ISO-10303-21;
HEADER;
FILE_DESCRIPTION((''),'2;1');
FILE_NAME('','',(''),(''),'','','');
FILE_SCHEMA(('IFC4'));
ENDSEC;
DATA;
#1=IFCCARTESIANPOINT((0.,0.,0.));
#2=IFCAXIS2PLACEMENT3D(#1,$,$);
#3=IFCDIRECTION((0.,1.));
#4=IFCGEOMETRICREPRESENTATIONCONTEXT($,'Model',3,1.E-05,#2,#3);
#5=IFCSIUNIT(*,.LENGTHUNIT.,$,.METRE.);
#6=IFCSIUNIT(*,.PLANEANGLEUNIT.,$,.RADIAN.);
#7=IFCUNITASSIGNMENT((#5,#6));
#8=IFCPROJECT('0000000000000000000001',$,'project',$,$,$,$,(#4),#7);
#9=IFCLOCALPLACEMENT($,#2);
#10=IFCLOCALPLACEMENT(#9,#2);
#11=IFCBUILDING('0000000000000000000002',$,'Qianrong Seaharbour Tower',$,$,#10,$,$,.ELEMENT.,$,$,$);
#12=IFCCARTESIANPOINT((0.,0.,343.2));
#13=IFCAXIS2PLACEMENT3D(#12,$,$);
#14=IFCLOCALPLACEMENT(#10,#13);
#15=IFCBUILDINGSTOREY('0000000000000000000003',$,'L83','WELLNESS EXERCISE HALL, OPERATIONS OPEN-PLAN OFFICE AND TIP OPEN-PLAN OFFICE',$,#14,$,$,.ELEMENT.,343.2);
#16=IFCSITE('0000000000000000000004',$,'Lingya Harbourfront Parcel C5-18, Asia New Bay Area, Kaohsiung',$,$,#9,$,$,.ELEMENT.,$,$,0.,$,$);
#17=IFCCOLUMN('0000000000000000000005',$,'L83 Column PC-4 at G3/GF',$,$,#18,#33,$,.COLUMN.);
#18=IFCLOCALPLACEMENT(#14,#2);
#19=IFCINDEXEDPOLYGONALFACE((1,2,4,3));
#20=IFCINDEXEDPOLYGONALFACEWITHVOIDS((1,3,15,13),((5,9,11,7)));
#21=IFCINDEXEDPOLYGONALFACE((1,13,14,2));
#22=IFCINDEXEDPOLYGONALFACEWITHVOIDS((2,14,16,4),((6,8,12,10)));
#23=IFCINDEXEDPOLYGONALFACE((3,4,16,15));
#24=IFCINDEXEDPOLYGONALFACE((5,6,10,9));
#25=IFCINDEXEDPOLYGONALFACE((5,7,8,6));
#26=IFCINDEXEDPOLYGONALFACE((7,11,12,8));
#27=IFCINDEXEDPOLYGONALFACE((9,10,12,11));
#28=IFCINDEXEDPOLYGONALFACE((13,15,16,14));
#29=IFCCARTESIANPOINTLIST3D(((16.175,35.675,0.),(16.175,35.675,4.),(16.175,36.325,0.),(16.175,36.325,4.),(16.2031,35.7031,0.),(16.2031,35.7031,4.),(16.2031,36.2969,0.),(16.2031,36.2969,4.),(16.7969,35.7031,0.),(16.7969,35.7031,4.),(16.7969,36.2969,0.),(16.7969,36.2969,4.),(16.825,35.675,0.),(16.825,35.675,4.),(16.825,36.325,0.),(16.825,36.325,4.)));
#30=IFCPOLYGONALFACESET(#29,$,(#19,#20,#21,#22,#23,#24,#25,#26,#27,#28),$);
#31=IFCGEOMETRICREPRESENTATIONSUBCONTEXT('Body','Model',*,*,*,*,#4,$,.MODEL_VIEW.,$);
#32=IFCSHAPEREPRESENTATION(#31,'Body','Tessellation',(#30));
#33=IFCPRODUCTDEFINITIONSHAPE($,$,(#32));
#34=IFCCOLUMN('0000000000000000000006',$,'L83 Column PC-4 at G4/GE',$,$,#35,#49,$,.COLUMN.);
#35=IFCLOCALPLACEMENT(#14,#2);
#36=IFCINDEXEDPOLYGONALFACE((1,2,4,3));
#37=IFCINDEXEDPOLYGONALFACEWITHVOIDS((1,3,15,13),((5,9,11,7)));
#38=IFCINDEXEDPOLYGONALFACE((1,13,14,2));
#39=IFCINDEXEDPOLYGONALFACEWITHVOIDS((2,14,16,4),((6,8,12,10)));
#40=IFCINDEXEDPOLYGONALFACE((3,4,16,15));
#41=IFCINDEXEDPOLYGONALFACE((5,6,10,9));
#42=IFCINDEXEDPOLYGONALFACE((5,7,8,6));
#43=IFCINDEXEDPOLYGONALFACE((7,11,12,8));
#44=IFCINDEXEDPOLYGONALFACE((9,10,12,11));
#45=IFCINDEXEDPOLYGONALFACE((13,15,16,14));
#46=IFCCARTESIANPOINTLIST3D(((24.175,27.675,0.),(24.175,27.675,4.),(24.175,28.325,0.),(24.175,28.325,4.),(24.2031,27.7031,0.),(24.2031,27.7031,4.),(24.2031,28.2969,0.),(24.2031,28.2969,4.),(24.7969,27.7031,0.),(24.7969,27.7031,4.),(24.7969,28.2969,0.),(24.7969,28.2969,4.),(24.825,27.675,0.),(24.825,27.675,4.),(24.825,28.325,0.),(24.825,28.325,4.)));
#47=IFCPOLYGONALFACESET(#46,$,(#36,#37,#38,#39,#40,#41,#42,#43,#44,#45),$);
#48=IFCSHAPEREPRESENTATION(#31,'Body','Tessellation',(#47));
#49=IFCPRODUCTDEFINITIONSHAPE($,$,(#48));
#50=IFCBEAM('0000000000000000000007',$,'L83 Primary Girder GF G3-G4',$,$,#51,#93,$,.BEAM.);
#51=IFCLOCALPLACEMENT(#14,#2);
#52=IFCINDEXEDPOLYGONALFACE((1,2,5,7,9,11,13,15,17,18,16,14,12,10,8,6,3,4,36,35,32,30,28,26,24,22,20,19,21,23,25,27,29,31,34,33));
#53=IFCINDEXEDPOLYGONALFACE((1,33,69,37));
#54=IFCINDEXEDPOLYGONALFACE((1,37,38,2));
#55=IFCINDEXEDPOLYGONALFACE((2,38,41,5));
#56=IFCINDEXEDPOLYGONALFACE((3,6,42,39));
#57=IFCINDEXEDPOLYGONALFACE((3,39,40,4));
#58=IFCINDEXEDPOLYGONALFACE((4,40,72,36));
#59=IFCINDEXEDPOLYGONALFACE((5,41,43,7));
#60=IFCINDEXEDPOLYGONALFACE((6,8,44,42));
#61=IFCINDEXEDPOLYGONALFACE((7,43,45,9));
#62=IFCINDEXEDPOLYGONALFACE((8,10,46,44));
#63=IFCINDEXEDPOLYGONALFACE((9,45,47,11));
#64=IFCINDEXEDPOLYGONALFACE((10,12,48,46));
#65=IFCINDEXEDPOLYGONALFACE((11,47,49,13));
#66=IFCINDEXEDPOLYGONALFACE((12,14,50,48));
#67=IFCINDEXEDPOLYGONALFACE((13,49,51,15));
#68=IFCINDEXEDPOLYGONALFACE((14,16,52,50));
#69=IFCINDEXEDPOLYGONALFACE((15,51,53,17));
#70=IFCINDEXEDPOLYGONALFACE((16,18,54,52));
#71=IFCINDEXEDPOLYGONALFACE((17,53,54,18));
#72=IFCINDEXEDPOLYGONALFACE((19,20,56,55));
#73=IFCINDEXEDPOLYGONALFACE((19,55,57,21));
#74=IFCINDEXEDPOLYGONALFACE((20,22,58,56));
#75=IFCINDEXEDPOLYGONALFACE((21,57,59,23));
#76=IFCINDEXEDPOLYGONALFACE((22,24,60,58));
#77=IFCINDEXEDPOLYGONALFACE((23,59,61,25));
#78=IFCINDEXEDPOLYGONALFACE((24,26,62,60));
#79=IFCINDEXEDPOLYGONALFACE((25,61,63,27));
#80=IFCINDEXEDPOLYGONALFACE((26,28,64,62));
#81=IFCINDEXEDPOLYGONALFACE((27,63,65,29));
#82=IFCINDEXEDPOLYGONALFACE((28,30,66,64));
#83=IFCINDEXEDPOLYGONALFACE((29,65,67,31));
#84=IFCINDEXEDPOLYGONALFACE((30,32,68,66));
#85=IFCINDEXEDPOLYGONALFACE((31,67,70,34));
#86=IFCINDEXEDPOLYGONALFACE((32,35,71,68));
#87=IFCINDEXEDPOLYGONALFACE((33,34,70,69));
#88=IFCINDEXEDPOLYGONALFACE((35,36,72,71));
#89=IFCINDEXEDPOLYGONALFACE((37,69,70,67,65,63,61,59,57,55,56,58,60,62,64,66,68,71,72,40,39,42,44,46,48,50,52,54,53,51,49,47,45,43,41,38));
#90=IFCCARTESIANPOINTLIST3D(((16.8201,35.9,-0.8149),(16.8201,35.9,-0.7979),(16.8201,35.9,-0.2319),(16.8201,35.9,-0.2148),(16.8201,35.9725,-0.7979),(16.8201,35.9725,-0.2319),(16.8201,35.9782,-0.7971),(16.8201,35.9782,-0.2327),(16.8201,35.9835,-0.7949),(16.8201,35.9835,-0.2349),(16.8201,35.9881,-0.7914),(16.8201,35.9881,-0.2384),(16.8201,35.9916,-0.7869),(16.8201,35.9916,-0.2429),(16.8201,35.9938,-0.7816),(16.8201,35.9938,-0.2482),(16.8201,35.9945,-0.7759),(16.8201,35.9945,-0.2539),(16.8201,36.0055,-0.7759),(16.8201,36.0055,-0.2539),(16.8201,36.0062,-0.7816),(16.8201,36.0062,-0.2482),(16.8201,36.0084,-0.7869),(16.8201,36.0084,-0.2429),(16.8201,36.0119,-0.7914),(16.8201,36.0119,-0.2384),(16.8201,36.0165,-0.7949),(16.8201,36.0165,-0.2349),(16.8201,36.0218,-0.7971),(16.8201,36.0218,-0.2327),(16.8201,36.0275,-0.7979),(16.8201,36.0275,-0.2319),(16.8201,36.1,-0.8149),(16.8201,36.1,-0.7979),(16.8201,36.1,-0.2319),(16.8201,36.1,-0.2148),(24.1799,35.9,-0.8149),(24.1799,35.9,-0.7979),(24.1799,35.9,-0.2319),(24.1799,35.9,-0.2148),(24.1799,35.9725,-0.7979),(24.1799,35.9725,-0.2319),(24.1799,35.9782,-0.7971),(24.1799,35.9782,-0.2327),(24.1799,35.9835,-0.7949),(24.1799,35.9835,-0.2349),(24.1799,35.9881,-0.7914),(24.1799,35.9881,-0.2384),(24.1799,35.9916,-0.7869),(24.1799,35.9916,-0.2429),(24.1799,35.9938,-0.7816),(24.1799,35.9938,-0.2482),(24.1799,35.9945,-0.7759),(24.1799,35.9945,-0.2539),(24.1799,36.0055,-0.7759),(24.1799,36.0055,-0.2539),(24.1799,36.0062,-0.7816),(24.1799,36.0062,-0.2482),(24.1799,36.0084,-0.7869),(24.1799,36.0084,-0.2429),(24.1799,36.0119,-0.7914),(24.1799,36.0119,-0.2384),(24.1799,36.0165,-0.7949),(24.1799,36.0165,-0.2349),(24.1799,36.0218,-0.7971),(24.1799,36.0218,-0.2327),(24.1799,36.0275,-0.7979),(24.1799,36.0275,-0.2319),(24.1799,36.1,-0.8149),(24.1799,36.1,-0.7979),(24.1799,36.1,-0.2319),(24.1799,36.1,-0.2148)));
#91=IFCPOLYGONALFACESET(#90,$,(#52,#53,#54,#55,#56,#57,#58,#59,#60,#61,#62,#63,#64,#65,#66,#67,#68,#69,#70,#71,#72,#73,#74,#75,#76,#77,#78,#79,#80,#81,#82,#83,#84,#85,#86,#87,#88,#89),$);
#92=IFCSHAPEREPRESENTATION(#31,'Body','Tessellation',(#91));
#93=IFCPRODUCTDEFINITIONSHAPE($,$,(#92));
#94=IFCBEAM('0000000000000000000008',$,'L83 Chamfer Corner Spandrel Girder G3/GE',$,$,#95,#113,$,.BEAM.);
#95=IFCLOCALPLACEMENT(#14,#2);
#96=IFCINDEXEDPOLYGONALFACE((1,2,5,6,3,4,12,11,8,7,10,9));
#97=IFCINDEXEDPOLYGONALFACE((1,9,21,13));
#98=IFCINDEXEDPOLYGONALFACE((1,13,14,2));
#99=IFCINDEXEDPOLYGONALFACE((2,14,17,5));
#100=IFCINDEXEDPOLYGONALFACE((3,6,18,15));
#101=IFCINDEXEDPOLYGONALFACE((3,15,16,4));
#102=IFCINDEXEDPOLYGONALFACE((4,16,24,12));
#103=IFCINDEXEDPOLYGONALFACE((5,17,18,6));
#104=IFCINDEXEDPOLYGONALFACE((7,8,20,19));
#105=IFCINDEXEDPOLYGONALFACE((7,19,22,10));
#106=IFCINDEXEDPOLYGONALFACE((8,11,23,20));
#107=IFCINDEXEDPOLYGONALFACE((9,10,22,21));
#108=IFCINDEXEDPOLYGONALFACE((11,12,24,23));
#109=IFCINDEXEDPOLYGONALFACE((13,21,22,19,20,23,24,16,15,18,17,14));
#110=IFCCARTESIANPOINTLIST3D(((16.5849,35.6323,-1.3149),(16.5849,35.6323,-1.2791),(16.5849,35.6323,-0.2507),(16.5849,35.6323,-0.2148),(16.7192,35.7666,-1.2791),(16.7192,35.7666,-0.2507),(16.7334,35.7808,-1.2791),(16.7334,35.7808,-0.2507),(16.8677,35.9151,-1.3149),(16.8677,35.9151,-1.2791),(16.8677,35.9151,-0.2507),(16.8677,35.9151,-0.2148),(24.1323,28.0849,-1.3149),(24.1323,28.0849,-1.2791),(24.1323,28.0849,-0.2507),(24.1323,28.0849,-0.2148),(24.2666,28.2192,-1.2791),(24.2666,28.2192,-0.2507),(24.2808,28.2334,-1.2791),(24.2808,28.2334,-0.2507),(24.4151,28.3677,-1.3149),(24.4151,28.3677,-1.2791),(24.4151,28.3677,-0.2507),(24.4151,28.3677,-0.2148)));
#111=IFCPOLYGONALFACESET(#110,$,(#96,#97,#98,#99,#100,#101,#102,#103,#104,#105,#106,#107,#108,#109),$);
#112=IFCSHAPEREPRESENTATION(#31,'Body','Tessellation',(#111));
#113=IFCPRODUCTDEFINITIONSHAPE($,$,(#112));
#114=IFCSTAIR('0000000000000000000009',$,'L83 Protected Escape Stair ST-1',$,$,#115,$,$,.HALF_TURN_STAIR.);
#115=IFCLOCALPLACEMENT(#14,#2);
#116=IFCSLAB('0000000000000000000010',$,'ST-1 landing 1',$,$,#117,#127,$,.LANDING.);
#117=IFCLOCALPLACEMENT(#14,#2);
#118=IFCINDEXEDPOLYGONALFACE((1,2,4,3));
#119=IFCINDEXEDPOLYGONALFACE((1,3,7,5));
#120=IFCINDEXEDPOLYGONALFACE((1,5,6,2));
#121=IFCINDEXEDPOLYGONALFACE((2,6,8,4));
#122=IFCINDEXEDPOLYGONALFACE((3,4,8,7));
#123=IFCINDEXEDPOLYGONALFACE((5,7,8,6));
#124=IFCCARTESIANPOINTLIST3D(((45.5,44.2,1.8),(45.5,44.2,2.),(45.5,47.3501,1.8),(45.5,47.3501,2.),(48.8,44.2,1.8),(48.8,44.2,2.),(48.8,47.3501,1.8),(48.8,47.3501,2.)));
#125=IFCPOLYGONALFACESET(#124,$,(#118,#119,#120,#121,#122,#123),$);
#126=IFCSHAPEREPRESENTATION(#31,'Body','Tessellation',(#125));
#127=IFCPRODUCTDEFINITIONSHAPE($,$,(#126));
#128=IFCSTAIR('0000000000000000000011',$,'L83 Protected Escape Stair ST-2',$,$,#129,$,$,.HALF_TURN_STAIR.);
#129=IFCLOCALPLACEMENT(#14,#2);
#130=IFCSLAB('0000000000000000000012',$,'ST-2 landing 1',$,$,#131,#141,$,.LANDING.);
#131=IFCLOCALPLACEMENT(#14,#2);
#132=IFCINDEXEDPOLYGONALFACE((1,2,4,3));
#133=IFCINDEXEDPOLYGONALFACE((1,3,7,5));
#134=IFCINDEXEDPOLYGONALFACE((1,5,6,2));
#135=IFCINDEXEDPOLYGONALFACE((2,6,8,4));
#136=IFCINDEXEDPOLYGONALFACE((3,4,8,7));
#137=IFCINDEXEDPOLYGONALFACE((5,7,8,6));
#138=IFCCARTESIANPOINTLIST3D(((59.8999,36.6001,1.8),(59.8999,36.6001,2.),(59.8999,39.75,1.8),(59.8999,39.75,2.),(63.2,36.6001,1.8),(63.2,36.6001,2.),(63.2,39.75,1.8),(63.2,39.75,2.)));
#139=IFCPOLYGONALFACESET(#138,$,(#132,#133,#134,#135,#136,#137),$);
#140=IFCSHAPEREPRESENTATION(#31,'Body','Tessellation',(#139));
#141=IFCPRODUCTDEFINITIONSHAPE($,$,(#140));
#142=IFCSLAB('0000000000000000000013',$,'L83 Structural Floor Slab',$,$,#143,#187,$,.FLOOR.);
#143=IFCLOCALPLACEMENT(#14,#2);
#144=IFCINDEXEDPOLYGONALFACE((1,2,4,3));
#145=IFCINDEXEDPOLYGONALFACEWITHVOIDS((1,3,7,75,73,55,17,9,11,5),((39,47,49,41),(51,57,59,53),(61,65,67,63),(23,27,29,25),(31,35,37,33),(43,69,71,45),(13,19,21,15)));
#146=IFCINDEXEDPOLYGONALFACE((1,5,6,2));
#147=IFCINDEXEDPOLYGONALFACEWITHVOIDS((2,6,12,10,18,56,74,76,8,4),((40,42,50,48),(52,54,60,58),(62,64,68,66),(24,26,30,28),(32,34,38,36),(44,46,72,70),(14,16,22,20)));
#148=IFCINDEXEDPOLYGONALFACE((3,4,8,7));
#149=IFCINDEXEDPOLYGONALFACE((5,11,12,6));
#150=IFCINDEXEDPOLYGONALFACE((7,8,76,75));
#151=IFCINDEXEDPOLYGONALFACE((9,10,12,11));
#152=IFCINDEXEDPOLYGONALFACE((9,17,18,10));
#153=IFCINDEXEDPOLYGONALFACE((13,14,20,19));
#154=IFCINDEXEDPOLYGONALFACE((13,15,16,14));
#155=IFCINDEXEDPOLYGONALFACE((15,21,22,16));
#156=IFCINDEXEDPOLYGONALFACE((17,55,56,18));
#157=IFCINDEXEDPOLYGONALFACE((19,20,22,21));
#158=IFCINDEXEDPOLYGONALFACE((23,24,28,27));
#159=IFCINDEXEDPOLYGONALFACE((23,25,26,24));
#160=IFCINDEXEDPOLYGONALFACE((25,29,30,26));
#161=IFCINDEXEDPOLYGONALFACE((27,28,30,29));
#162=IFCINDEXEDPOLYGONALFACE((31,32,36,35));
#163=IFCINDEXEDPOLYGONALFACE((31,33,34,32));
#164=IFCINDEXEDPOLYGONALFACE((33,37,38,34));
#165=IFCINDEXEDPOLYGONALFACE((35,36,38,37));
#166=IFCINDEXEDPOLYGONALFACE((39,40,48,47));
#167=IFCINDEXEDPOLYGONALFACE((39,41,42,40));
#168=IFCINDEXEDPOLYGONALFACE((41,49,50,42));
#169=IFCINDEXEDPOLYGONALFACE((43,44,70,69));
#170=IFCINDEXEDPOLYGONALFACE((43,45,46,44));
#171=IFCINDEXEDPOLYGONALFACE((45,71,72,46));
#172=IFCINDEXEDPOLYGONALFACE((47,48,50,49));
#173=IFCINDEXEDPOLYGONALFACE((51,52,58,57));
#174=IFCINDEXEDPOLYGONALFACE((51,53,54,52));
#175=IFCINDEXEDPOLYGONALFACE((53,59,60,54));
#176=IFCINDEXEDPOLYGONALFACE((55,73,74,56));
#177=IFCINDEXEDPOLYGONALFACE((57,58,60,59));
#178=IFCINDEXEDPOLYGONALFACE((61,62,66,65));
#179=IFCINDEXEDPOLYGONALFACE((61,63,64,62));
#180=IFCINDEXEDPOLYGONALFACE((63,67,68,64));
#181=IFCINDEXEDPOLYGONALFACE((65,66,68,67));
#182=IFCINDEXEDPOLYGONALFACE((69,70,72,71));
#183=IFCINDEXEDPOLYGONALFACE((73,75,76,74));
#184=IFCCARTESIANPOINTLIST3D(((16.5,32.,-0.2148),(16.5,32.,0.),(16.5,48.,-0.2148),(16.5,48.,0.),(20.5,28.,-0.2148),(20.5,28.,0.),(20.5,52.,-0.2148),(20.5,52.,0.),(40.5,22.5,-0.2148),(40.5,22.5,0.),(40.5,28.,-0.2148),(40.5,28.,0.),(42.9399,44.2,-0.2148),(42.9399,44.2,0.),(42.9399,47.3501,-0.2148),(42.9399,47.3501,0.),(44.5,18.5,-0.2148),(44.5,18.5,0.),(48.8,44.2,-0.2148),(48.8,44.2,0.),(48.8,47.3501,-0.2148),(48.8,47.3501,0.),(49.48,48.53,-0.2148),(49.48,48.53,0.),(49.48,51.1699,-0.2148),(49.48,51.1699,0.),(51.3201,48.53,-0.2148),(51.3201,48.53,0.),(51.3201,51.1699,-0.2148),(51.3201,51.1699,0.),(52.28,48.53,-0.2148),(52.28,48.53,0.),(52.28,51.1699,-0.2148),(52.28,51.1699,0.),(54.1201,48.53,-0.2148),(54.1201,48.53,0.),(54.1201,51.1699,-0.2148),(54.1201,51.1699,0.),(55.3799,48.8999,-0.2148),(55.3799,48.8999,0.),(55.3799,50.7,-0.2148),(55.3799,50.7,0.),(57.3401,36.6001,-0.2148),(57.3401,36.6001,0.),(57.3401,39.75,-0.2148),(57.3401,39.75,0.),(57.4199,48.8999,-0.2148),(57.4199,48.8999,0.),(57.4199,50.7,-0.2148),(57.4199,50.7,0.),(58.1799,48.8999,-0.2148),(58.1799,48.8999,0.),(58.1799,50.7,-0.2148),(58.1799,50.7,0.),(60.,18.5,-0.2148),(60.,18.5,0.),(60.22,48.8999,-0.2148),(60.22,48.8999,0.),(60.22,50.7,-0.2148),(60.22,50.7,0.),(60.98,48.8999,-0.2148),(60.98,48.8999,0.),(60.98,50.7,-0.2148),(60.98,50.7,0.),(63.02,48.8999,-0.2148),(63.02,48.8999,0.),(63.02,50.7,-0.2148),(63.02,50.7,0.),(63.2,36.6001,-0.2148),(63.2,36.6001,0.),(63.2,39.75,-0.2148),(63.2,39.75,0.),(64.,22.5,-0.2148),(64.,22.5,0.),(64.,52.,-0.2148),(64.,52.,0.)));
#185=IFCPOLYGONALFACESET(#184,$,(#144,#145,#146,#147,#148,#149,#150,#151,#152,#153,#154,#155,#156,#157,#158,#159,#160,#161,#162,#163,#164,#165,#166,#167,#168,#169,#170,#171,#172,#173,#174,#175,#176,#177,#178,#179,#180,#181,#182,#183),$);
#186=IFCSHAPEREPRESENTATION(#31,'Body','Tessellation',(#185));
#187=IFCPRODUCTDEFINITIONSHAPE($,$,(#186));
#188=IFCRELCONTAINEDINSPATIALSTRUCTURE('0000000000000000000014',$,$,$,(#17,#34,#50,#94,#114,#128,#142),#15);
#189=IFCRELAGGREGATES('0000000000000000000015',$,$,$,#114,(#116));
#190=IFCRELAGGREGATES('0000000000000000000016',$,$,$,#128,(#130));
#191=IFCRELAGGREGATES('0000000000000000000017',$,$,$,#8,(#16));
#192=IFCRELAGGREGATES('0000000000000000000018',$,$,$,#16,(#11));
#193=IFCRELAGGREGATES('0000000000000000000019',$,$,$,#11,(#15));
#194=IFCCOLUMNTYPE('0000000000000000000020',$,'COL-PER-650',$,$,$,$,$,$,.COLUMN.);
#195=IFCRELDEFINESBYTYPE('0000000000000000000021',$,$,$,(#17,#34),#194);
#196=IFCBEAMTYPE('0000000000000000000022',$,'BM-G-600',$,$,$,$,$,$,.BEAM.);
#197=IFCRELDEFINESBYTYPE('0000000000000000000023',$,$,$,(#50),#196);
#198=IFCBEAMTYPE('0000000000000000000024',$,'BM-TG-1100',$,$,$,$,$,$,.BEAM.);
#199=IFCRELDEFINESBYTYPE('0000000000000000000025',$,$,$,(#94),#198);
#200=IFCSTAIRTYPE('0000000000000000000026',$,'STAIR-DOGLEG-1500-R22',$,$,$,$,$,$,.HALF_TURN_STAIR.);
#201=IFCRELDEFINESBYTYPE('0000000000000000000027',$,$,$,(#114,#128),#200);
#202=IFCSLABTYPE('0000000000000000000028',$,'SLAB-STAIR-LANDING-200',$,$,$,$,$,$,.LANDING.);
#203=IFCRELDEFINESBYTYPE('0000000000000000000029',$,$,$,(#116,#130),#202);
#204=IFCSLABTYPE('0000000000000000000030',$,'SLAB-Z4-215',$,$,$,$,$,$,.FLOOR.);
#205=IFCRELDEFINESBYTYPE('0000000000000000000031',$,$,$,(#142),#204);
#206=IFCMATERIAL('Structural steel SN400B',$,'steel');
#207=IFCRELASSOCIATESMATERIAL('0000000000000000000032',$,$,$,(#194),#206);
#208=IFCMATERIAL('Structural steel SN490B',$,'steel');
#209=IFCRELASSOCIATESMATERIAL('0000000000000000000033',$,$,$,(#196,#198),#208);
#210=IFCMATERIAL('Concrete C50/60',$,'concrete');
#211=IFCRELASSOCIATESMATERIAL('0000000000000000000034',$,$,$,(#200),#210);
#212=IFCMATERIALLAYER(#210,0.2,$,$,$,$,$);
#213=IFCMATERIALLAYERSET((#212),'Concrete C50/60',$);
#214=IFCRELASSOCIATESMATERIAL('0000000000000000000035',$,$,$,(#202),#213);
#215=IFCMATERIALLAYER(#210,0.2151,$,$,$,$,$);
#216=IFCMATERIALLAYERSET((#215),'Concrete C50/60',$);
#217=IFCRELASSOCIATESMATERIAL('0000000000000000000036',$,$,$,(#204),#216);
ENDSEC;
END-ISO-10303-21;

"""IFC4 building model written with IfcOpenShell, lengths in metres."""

from ifc_helpers import new_model, si_unit, direction, frame, origin, origin_2d, place, context, subcontext, project, spatial, polyline, hollow_rectangle, i_section, outline, extrude, material, layer, layer_set, material_profile, profile_set, type_object, element, aggregate, save


model = new_model("IFC4")

# Units and contexts
model_context = context("Model", 3, precision=1e-05, world=origin(), true_north=direction((0.0, 1.0)))
body_context = subcontext(model_context, "Body", "Model", "MODEL_VIEW")
ifc_project = project(units=[si_unit("LENGTHUNIT", "METRE"), si_unit("PLANEANGLEUNIT", "RADIAN")], contexts=[model_context])

# Site, building, storey
site_placement = place(None, origin())
site = spatial("IfcSite", under=ifc_project, at=site_placement, Name="Lingya Harbourfront Parcel C5-18, Asia New Bay Area, Kaohsiung", CompositionType="ELEMENT", RefElevation=0.0)
building_placement = place(site_placement, origin())
building = spatial("IfcBuilding", under=site, at=building_placement, Name="Qianrong Seaharbour Tower", CompositionType="ELEMENT")
storey_placement = place(building_placement, frame((0.0, 0.0, 343.2)))
storey = spatial("IfcBuildingStorey", under=building, at=storey_placement, Name="L83", Description="WELLNESS EXERCISE HALL, OPERATIONS OPEN-PLAN OFFICE AND TIP OPEN-PLAN OFFICE", CompositionType="ELEMENT", Elevation=343.2)

# Columns
ifc_material_1 = material(Name="Structural steel SN400B", Category="steel")
ifc_material_profile_1 = material_profile(ifc_material_1, hollow_rectangle(XDim=0.6499, YDim=0.6499, WallThickness=0.0281, at=origin_2d()), Name="BOX650x650x28")
ifc_profile_set_1 = profile_set([ifc_material_profile_1], Name="Structural steel SN400B")
column_type = type_object("IfcColumnType", Name="COL-PER-650", PredefinedType="COLUMN", material=ifc_profile_set_1)
for number, where, z_axis, x_axis, name in (
    (1, (16.5, 36.0, 0.0), (0.0, 0.0, 1.0), (1.0, 0.0, 0.0), "L83 Column PC-4 at G3/GF"),
    (2, (24.5, 28.0, 0.0), (0.0, 0.0, 1.0), (1.0, 0.0, 0.0), "L83 Column PC-4 at G4/GE"),
):
    element("IfcColumn", number, at=place(storey_placement, frame(where, z_axis=z_axis, x_axis=x_axis)), inside=storey, type_object=column_type, Name=name, PredefinedType="COLUMN", context=body_context, shape_type="SweptSolid", body=[
        extrude(hollow_rectangle(XDim=0.6499, YDim=0.6499, WallThickness=0.0281, at=origin_2d()), origin(), (0.0, 0.0, 1.0), 4.0),
    ])

# Beams
ifc_material_2 = material(Name="Structural steel SN490B", Category="steel")
ifc_material_profile_2 = material_profile(ifc_material_2, i_section(OverallWidth=0.2, OverallDepth=0.6001, WebThickness=0.011, FlangeThickness=0.0171, FilletRadius=0.022, at=origin_2d()), Name="H600x200x11x17")
ifc_profile_set_2 = profile_set([ifc_material_profile_2], Name="Structural steel SN490B")
beam_type_1 = type_object("IfcBeamType", Name="BM-G-600", PredefinedType="BEAM", material=ifc_profile_set_2)
beam_1_placement = place(storey_placement, frame((16.8201, 36.0, -0.5149), z_axis=(1.0, 0.0, 0.0), x_axis=(0.0, 1.0, 0.0)))
element("IfcBeam", 3, at=beam_1_placement, inside=storey, type_object=beam_type_1, Name="L83 Primary Girder GF G3-G4", PredefinedType="BEAM", context=body_context, shape_type="SweptSolid", body=[
    extrude(i_section(OverallWidth=0.2, OverallDepth=0.6001, WebThickness=0.011, FlangeThickness=0.0171, FilletRadius=0.022, at=origin_2d()), origin(), (0.0, 0.0, 1.0), 7.3599),
])
ifc_material_profile_3 = material_profile(ifc_material_2, i_section(OverallWidth=0.3999, OverallDepth=1.1001, WebThickness=0.02, FlangeThickness=0.0359, at=origin_2d()), Name="BH1100x400x20x36")
ifc_profile_set_3 = profile_set([ifc_material_profile_3], Name="Structural steel SN490B")
beam_type_2 = type_object("IfcBeamType", Name="BM-TG-1100", PredefinedType="BEAM", material=ifc_profile_set_3)
beam_2_placement = place(storey_placement, frame((24.2737, 28.2263, -0.7649), z_axis=(-0.707107, 0.707107, 0.0), x_axis=(-0.707107, -0.707107, 0.0)))
element("IfcBeam", 4, at=beam_2_placement, inside=storey, type_object=beam_type_2, Name="L83 Chamfer Corner Spandrel Girder G3/GE", PredefinedType="BEAM", context=body_context, shape_type="SweptSolid", body=[
    extrude(i_section(OverallWidth=0.3999, OverallDepth=1.1001, WebThickness=0.02, FlangeThickness=0.0359, at=origin_2d()), origin(), (0.0, 0.0, 1.0), 10.6736),
])

# Stairs, slabs
ifc_material_3 = material(Name="Concrete C50/60", Category="concrete")
stair_type = type_object("IfcStairType", Name="STAIR-DOGLEG-1500-R22", PredefinedType="HALF_TURN_STAIR", material=ifc_material_3)
stair_1_placement = place(storey_placement, origin())
stair_1 = element("IfcStair", 5, at=stair_1_placement, inside=storey, type_object=stair_type, Name="L83 Protected Escape Stair ST-1", PredefinedType="HALF_TURN_STAIR")
ifc_layer_1 = layer(ifc_material_3, 0.2)
ifc_layer_set_1 = layer_set([ifc_layer_1], Name="Concrete C50/60")
slab_type_1 = type_object("IfcSlabType", Name="SLAB-STAIR-LANDING-200", PredefinedType="LANDING", material=ifc_layer_set_1)
slab_1_placement = place(storey_placement, frame((0.0, 0.0, 1.8)))
slab_1 = element("IfcSlab", 6, at=slab_1_placement, type_object=slab_type_1, Name="ST-1 landing 1", PredefinedType="LANDING", context=body_context, shape_type="SweptSolid", body=[
    extrude(outline(polyline([(45.5, 44.2), (48.8, 44.2), (48.8, 47.3501), (45.5, 47.3501), (45.5, 44.2)])), origin(), (0.0, 0.0, 1.0), 0.2),
])
aggregate(stair_1, [slab_1])
stair_2_placement = place(storey_placement, origin())
stair_2 = element("IfcStair", 7, at=stair_2_placement, inside=storey, type_object=stair_type, Name="L83 Protected Escape Stair ST-2", PredefinedType="HALF_TURN_STAIR")
slab_2_placement = place(storey_placement, frame((0.0, 0.0, 1.8)))
slab_2 = element("IfcSlab", 8, at=slab_2_placement, type_object=slab_type_1, Name="ST-2 landing 1", PredefinedType="LANDING", context=body_context, shape_type="SweptSolid", body=[
    extrude(outline(polyline([(59.8999, 36.6001), (63.2, 36.6001), (63.2, 39.75), (59.8999, 39.75), (59.8999, 36.6001)])), origin(), (0.0, 0.0, 1.0), 0.2),
])
aggregate(stair_2, [slab_2])

# Slab
ifc_layer_2 = layer(ifc_material_3, 0.2151)
ifc_layer_set_2 = layer_set([ifc_layer_2], Name="Concrete C50/60")
slab_type_2 = type_object("IfcSlabType", Name="SLAB-Z4-215", PredefinedType="FLOOR", material=ifc_layer_set_2)
slab_3_placement = place(storey_placement, frame((0.0, 0.0, -0.2148)))
element("IfcSlab", 9, at=slab_3_placement, inside=storey, type_object=slab_type_2, Name="L83 Structural Floor Slab", PredefinedType="FLOOR", context=body_context, shape_type="SweptSolid", body=[
    extrude(outline(polyline([(44.5, 18.5), (60.0, 18.5), (64.0, 22.5), (64.0, 52.0), (20.5, 52.0), (16.5, 48.0), (16.5, 32.0), (20.5, 28.0), (40.5, 28.0), (40.5, 22.5), (44.5, 18.5)]), holes=[polyline([(42.9399, 44.2), (42.9399, 47.3501), (48.8, 47.3501), (48.8, 44.2), (42.9399, 44.2)]), polyline([(57.3401, 36.6001), (57.3401, 39.75), (63.2, 39.75), (63.2, 36.6001), (57.3401, 36.6001)]), polyline([(49.48, 48.53), (49.48, 51.1699), (51.3201, 51.1699), (51.3201, 48.53), (49.48, 48.53)]), polyline([(52.28, 48.53), (52.28, 51.1699), (54.1201, 51.1699), (54.1201, 48.53), (52.28, 48.53)]), polyline([(55.3799, 48.8999), (55.3799, 50.7), (57.4199, 50.7), (57.4199, 48.8999), (55.3799, 48.8999)]), polyline([(58.1799, 48.8999), (58.1799, 50.7), (60.22, 50.7), (60.22, 48.8999), (58.1799, 48.8999)]), polyline([(60.98, 48.8999), (60.98, 50.7), (63.02, 50.7), (63.02, 48.8999), (60.98, 48.8999)])]), origin(), (0.0, 0.0, 1.0), 0.2148),
])

save(model, "model.ifc")
